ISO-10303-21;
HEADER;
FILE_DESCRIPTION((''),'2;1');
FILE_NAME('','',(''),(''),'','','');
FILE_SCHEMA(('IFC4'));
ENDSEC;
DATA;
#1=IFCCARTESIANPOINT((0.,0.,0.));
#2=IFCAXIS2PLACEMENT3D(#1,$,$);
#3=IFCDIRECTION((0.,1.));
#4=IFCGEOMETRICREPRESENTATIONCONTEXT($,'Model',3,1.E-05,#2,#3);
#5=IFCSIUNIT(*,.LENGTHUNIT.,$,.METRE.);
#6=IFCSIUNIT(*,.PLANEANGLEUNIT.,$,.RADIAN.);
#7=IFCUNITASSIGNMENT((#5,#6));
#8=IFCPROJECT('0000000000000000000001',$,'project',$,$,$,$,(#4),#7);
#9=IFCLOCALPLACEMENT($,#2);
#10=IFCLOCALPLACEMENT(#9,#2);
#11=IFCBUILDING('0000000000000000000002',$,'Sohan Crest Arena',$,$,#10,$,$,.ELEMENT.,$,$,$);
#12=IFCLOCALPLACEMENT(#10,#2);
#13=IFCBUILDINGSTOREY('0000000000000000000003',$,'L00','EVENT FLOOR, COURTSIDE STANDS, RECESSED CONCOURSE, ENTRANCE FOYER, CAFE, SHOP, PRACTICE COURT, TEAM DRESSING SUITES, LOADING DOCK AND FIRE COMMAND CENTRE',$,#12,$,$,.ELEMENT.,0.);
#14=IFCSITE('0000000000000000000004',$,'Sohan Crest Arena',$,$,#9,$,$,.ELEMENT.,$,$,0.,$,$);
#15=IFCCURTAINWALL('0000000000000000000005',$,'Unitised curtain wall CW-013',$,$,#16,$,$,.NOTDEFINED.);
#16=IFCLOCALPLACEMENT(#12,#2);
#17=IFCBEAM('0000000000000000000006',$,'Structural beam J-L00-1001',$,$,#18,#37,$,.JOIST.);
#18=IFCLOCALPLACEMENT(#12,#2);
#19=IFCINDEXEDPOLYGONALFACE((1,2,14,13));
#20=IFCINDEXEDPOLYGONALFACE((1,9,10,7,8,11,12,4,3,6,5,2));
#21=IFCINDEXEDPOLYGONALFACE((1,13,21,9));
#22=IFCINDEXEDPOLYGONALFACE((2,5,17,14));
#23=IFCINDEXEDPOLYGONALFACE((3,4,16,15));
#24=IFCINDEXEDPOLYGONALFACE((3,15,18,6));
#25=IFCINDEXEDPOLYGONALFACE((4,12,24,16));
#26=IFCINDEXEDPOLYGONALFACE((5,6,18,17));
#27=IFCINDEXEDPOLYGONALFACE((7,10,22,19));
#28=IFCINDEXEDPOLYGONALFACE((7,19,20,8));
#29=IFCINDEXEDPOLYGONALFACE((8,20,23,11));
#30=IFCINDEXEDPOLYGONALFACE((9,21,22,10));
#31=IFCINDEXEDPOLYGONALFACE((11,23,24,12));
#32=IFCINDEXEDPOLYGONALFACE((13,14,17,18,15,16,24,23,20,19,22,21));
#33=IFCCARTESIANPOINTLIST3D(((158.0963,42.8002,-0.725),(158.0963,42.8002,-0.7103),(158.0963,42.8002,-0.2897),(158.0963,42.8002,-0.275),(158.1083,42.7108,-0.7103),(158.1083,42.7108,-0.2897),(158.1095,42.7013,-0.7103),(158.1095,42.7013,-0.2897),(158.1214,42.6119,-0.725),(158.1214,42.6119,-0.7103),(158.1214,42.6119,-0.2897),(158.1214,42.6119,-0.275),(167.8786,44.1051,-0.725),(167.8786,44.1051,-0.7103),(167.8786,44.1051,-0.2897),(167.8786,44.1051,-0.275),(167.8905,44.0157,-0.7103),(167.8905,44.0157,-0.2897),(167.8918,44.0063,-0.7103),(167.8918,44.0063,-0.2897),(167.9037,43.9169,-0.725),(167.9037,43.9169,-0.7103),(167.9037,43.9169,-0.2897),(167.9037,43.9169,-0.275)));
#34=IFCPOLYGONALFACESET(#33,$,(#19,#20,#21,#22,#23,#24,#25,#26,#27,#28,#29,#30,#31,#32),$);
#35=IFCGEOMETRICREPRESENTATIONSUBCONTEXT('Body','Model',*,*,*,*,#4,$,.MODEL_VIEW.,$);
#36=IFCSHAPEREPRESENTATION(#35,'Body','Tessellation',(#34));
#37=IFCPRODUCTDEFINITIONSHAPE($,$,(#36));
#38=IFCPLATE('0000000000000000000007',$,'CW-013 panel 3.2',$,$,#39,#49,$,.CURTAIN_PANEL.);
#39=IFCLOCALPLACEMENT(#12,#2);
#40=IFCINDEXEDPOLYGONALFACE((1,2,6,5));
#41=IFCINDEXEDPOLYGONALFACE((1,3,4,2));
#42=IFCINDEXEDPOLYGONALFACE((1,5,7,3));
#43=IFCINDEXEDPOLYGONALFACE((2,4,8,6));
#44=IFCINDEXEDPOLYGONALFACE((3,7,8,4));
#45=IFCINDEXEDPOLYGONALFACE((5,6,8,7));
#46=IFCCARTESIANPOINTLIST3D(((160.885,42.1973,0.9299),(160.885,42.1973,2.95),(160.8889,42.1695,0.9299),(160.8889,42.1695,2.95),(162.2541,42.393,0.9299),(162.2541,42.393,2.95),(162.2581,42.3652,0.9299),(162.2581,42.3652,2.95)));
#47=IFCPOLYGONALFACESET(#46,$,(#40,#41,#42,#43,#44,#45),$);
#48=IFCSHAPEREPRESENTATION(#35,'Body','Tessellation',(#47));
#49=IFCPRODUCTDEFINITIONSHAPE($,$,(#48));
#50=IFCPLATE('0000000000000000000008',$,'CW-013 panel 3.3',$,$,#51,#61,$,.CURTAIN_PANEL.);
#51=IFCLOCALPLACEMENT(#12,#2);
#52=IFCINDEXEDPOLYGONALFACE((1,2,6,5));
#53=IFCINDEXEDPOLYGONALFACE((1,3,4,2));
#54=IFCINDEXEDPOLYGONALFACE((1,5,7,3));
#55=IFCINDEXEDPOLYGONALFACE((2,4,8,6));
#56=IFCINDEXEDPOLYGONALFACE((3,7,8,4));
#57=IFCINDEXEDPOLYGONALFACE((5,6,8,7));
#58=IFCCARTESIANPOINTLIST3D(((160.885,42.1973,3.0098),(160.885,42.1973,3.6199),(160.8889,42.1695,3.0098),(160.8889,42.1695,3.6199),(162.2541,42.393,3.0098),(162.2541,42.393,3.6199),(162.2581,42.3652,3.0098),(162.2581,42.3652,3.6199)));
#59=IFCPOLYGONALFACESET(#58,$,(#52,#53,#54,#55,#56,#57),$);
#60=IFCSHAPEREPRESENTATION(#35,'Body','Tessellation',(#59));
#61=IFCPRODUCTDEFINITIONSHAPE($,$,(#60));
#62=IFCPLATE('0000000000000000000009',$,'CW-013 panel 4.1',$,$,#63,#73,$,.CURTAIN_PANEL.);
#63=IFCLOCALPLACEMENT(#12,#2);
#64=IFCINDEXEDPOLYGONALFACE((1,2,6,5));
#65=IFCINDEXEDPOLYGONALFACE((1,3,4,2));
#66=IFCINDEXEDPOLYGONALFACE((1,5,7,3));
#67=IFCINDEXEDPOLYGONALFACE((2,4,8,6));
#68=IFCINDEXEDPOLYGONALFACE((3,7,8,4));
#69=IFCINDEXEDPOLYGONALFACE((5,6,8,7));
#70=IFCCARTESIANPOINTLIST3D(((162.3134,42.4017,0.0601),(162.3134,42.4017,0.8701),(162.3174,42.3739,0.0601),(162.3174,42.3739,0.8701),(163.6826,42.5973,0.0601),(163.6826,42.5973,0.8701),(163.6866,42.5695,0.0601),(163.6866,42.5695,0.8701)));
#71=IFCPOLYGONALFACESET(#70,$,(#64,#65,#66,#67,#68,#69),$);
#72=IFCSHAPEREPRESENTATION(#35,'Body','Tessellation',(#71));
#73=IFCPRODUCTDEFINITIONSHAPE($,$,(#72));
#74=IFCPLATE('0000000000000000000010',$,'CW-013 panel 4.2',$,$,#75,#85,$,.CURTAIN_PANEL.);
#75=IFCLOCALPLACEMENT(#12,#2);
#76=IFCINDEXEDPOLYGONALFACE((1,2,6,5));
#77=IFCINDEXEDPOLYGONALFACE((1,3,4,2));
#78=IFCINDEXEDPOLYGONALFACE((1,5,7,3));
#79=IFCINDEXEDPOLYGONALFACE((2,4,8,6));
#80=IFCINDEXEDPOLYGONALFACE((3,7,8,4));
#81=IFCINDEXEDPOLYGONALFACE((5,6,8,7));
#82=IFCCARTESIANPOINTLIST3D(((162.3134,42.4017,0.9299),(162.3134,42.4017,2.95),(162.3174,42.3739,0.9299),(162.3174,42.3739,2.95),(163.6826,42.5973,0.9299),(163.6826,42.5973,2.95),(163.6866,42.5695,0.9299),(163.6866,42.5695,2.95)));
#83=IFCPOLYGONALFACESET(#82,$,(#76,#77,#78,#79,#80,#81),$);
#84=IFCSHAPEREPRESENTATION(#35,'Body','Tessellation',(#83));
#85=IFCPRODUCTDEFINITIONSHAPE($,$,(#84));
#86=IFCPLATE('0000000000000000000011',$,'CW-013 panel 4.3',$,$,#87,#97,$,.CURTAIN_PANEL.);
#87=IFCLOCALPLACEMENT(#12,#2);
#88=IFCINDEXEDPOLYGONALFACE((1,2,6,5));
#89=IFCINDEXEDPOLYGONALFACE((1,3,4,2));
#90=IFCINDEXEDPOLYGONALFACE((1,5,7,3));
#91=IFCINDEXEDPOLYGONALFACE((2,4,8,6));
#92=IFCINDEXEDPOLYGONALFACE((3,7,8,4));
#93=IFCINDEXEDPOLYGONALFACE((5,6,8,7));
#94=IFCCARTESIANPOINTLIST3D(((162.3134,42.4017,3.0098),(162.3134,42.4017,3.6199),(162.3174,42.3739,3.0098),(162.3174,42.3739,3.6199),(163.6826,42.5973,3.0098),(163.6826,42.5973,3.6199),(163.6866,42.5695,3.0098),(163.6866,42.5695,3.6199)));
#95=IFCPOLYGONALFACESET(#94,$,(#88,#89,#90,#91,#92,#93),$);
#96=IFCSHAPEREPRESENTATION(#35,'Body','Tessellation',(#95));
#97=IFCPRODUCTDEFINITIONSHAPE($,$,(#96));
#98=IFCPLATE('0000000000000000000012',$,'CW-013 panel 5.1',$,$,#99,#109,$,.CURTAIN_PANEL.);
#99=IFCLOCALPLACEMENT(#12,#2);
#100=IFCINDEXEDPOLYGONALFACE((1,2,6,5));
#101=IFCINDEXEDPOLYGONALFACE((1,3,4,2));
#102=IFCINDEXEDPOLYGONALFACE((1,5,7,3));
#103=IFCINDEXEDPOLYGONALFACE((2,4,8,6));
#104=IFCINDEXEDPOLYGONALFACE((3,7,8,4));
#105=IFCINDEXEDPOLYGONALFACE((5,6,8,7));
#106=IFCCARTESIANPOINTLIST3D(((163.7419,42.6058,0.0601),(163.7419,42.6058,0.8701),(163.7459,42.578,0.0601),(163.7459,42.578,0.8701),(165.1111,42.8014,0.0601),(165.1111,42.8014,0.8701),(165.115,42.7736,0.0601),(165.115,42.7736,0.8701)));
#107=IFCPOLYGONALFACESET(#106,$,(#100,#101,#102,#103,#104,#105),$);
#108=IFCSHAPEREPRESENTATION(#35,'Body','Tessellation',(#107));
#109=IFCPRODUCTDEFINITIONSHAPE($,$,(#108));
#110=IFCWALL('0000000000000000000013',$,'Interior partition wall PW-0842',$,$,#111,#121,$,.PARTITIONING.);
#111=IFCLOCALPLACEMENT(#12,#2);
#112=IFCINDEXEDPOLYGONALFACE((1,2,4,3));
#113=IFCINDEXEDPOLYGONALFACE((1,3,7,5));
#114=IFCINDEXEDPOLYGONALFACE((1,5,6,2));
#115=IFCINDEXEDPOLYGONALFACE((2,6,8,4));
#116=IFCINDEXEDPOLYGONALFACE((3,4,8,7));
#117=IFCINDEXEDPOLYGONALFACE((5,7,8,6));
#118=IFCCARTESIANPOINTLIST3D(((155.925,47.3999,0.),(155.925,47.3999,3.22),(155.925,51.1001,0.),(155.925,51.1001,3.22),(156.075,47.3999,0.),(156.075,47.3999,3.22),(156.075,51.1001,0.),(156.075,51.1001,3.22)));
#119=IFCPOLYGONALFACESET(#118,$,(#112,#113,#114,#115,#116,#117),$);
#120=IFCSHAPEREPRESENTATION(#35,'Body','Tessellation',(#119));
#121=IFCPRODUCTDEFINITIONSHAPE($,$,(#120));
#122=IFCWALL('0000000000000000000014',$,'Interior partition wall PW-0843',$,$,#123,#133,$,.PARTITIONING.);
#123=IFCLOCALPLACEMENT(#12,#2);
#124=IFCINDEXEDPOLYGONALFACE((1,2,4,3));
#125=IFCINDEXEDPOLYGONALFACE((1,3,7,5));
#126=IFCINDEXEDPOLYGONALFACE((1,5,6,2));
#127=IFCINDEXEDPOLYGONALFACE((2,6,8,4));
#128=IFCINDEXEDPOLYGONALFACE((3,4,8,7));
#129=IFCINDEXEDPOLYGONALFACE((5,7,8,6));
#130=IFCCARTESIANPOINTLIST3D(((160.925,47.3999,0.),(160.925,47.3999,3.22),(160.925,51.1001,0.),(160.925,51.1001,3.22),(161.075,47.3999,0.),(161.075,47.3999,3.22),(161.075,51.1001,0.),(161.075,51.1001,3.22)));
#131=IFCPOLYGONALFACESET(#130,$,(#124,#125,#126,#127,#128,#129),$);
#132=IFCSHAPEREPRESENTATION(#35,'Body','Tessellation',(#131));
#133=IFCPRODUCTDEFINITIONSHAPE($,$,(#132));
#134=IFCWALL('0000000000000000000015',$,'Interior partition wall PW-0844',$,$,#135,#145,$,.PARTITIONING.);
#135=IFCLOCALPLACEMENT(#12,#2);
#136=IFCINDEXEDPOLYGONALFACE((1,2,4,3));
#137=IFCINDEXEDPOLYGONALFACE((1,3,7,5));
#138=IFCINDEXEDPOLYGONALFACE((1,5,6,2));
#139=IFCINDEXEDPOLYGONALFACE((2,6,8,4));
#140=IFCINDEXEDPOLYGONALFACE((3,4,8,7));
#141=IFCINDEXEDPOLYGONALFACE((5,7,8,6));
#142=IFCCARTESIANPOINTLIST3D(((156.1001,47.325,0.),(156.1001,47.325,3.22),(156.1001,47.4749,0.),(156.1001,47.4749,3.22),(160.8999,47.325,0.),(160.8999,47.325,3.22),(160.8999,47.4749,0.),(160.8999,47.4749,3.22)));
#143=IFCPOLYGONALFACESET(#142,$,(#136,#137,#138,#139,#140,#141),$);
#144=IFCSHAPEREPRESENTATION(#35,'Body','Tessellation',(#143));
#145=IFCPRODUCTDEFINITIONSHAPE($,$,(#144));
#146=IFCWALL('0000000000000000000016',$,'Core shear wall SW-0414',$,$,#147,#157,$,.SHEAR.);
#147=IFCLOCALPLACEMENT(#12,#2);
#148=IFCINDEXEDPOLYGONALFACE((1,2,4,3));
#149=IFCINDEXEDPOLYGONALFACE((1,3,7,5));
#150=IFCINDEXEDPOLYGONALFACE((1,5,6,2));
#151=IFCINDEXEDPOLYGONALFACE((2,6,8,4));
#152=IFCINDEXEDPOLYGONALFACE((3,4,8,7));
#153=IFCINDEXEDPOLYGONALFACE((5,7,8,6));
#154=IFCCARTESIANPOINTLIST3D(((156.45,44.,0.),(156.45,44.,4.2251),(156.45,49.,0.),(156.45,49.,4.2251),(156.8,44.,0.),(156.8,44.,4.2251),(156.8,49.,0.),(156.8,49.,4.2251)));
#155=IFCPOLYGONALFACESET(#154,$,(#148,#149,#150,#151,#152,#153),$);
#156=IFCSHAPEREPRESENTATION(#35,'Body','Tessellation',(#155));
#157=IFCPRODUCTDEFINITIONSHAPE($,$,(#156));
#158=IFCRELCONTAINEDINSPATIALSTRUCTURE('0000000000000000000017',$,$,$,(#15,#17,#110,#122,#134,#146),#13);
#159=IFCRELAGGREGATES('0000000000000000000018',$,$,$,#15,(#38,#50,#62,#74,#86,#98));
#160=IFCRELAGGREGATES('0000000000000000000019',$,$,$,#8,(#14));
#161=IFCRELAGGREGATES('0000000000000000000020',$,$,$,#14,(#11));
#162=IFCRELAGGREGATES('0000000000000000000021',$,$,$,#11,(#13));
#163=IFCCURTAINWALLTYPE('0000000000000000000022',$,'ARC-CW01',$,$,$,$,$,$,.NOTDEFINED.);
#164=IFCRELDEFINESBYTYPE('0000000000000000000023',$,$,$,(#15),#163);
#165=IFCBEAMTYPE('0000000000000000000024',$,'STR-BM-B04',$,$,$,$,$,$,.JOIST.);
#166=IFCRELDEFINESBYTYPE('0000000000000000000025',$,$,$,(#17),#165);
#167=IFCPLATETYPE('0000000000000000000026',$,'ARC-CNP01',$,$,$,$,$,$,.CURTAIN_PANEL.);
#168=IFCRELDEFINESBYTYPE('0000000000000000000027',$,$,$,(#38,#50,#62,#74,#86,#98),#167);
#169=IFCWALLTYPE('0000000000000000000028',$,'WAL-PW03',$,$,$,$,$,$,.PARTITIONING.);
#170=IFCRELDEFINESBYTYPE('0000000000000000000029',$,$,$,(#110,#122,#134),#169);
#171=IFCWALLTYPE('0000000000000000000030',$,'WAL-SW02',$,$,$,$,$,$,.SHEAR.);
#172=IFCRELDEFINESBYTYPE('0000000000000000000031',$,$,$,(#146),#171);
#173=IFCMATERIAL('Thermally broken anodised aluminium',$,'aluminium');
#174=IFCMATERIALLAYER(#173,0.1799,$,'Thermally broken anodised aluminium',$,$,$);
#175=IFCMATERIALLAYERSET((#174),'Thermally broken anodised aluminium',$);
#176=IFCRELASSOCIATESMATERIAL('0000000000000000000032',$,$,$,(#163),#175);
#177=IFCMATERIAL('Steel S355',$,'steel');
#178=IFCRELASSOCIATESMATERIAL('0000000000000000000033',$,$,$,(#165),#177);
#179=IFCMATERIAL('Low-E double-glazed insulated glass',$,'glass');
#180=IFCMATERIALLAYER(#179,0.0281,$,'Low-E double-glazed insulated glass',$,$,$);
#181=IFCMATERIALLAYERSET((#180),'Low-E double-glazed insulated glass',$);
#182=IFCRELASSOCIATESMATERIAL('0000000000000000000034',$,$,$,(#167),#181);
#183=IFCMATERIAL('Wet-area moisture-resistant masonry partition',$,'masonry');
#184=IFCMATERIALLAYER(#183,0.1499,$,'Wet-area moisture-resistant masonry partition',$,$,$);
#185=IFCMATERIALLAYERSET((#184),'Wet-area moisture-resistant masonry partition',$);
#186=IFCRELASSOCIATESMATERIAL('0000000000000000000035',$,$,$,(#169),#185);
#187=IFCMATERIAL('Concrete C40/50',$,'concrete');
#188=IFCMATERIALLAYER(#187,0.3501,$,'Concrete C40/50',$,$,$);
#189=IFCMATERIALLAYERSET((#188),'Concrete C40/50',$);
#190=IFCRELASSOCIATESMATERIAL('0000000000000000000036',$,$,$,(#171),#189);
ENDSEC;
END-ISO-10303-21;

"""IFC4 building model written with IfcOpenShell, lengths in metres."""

from ifc_helpers import new_model, si_unit, direction, frame, frame_2d, origin, origin_2d, place, context, subcontext, project, spatial, rectangle, i_section, extrude, material, layer, layer_set, material_profile, profile_set, type_object, element, aggregate, save


model = new_model("IFC4")

# Units and contexts
model_context = context("Model", 3, precision=1e-05, world=origin(), true_north=direction((0.0, 1.0)))
body_context = subcontext(model_context, "Body", "Model", "MODEL_VIEW")
ifc_project = project(units=[si_unit("LENGTHUNIT", "METRE"), si_unit("PLANEANGLEUNIT", "RADIAN")], contexts=[model_context])

# Site, building, storey
site_placement = place(None, origin())
site = spatial("IfcSite", under=ifc_project, at=site_placement, Name="Sohan Crest Arena", CompositionType="ELEMENT", RefElevation=0.0)
building_placement = place(site_placement, origin())
building = spatial("IfcBuilding", under=site, at=building_placement, Name="Sohan Crest Arena", CompositionType="ELEMENT")
storey_placement = place(building_placement, origin())
storey = spatial("IfcBuildingStorey", under=building, at=storey_placement, Name="L00", Description="EVENT FLOOR, COURTSIDE STANDS, RECESSED CONCOURSE, ENTRANCE FOYER, CAFE, SHOP, PRACTICE COURT, TEAM DRESSING SUITES, LOADING DOCK AND FIRE COMMAND CENTRE", CompositionType="ELEMENT", Elevation=0.0)

# Curtain wall
ifc_material_1 = material(Name="Thermally broken anodised aluminium", Category="aluminium")
ifc_layer_1 = layer(ifc_material_1, 0.1799, Name="Thermally broken anodised aluminium")
ifc_layer_set_1 = layer_set([ifc_layer_1], Name="Thermally broken anodised aluminium")
curtain_wall_type = type_object("IfcCurtainWallType", Name="ARC-CW01", PredefinedType="NOTDEFINED", material=ifc_layer_set_1)
curtain_wall_placement = place(storey_placement, origin())
curtain_wall = element("IfcCurtainWall", 1, at=curtain_wall_placement, inside=storey, type_object=curtain_wall_type, Name="Unitised curtain wall CW-013", PredefinedType="NOTDEFINED")

# Beam
ifc_material_2 = material(Name="Steel S355", Category="steel")
ifc_material_profile_1 = material_profile(ifc_material_2, i_section(OverallWidth=0.1899, OverallDepth=0.45, WebThickness=0.0095, FlangeThickness=0.0146, at=origin_2d()), Name="IPE 450")
ifc_profile_set_1 = profile_set([ifc_material_profile_1], Name="Steel S355")
beam_type_1 = type_object("IfcBeamType", Name="STR-BM-B04", PredefinedType="JOIST", material=ifc_profile_set_1)
beam_1_placement = place(storey_placement, frame((158.1089, 42.7061, -0.5), z_axis=(0.991219, 0.132227, 0.0), x_axis=(-0.132227, 0.991219, 0.0)))
element("IfcBeam", 2, at=beam_1_placement, inside=storey, type_object=beam_type_1, Name="Structural beam J-L00-1001", PredefinedType="JOIST", context=body_context, shape_type="SweptSolid", body=[
    extrude(i_section(OverallWidth=0.1899, OverallDepth=0.45, WebThickness=0.0095, FlangeThickness=0.0146, at=origin_2d()), origin(), (0.0, 0.0, 1.0), 9.8689),
])

# Plates
ifc_material_3 = material(Name="Low-E double-glazed insulated glass", Category="glass")
ifc_layer_2 = layer(ifc_material_3, 0.0281, Name="Low-E double-glazed insulated glass")
ifc_layer_set_2 = layer_set([ifc_layer_2], Name="Low-E double-glazed insulated glass")
plate_type = type_object("IfcPlateType", Name="ARC-CNP01", PredefinedType="CURTAIN_PANEL", material=ifc_layer_set_2)
plate_1_placement = place(storey_placement, frame((161.5715, 42.2812, 0.9299), z_axis=(0.0, 0.0, 1.0), x_axis=(0.989944, 0.141463, 0.0)))
plate_1 = element("IfcPlate", 3, at=plate_1_placement, type_object=plate_type, Name="CW-013 panel 3.2", PredefinedType="CURTAIN_PANEL", context=body_context, shape_type="SweptSolid", body=[
    extrude(rectangle(XDim=1.3831, YDim=0.0281, at=origin_2d()), origin(), (0.0, 0.0, 1.0), 2.02),
])
plate_2_placement = place(storey_placement, frame((161.5715, 42.2812, 3.0098), z_axis=(0.0, 0.0, 1.0), x_axis=(0.989944, 0.141463, 0.0)))
plate_2 = element("IfcPlate", 4, at=plate_2_placement, type_object=plate_type, Name="CW-013 panel 3.3", PredefinedType="CURTAIN_PANEL", context=body_context, shape_type="SweptSolid", body=[
    extrude(rectangle(XDim=1.3831, YDim=0.0281, at=origin_2d()), origin(), (0.0, 0.0, 1.0), 0.6101),
])
plate_3_placement = place(storey_placement, frame((163.0, 42.4856, 0.0601), z_axis=(0.0, 0.0, 1.0), x_axis=(0.989944, 0.141463, 0.0)))
plate_3 = element("IfcPlate", 5, at=plate_3_placement, type_object=plate_type, Name="CW-013 panel 4.1", PredefinedType="CURTAIN_PANEL", context=body_context, shape_type="SweptSolid", body=[
    extrude(rectangle(XDim=1.3831, YDim=0.0281, at=origin_2d()), origin(), (0.0, 0.0, 1.0), 0.8101),
])
plate_4_placement = place(storey_placement, frame((163.0, 42.4856, 0.9299), z_axis=(0.0, 0.0, 1.0), x_axis=(0.989944, 0.141463, 0.0)))
plate_4 = element("IfcPlate", 6, at=plate_4_placement, type_object=plate_type, Name="CW-013 panel 4.2", PredefinedType="CURTAIN_PANEL", context=body_context, shape_type="SweptSolid", body=[
    extrude(rectangle(XDim=1.3831, YDim=0.0281, at=origin_2d()), origin(), (0.0, 0.0, 1.0), 2.02),
])
plate_5_placement = place(storey_placement, frame((163.0, 42.4856, 3.0098), z_axis=(0.0, 0.0, 1.0), x_axis=(0.989944, 0.141463, 0.0)))
plate_5 = element("IfcPlate", 7, at=plate_5_placement, type_object=plate_type, Name="CW-013 panel 4.3", PredefinedType="CURTAIN_PANEL", context=body_context, shape_type="SweptSolid", body=[
    extrude(rectangle(XDim=1.3831, YDim=0.0281, at=origin_2d()), origin(), (0.0, 0.0, 1.0), 0.6101),
])
plate_6_placement = place(storey_placement, frame((164.4285, 42.6897, 0.0601), z_axis=(0.0, 0.0, 1.0), x_axis=(0.989944, 0.141463, 0.0)))
plate_6 = element("IfcPlate", 8, at=plate_6_placement, type_object=plate_type, Name="CW-013 panel 5.1", PredefinedType="CURTAIN_PANEL", context=body_context, shape_type="SweptSolid", body=[
    extrude(rectangle(XDim=1.3831, YDim=0.0281, at=origin_2d()), origin(), (0.0, 0.0, 1.0), 0.8101),
])
aggregate(curtain_wall, [plate_1, plate_2, plate_3, plate_4, plate_5, plate_6])

# Walls
ifc_material_4 = material(Name="Wet-area moisture-resistant masonry partition", Category="masonry")
ifc_layer_3 = layer(ifc_material_4, 0.1499, Name="Wet-area moisture-resistant masonry partition")
ifc_layer_set_3 = layer_set([ifc_layer_3], Name="Wet-area moisture-resistant masonry partition")
wall_type_1 = type_object("IfcWallType", Name="WAL-PW03", PredefinedType="PARTITIONING", material=ifc_layer_set_3)
for number, where, z_axis, x_axis, name in (
    (9, (156.0, 47.3999, 0.0), (0.0, 0.0, 1.0), (0.0, 1.0, 0.0), "Interior partition wall PW-0842"),
    (10, (161.0, 47.3999, 0.0), (0.0, 0.0, 1.0), (0.0, 1.0, 0.0), "Interior partition wall PW-0843"),
):
    element("IfcWall", number, at=place(storey_placement, frame(where, z_axis=z_axis, x_axis=x_axis)), inside=storey, type_object=wall_type_1, Name=name, PredefinedType="PARTITIONING", context=body_context, shape_type="SweptSolid", body=[
        extrude(rectangle(XDim=3.7002, YDim=0.1499, at=frame_2d((1.8501, 0.0))), origin(), (0.0, 0.0, 1.0), 3.22),
    ])
wall_1_placement = place(storey_placement, frame((156.1001, 47.3999, 0.0), z_axis=(0.0, 0.0, 1.0), x_axis=(1.0, 0.0, 0.0)))
element("IfcWall", 11, at=wall_1_placement, inside=storey, type_object=wall_type_1, Name="Interior partition wall PW-0844", PredefinedType="PARTITIONING", context=body_context, shape_type="SweptSolid", body=[
    extrude(rectangle(XDim=4.7998, YDim=0.1499, at=frame_2d((2.3999, 0.0))), origin(), (0.0, 0.0, 1.0), 3.22),
])
ifc_material_5 = material(Name="Concrete C40/50", Category="concrete")
ifc_layer_4 = layer(ifc_material_5, 0.3501, Name="Concrete C40/50")
ifc_layer_set_4 = layer_set([ifc_layer_4], Name="Concrete C40/50")
wall_type_2 = type_object("IfcWallType", Name="WAL-SW02", PredefinedType="SHEAR", material=ifc_layer_set_4)
wall_2_placement = place(storey_placement, frame((156.625, 44.0, 0.0), z_axis=(0.0, 0.0, 1.0), x_axis=(0.0, 1.0, 0.0)))
element("IfcWall", 12, at=wall_2_placement, inside=storey, type_object=wall_type_2, Name="Core shear wall SW-0414", PredefinedType="SHEAR", context=body_context, shape_type="SweptSolid", body=[
    extrude(rectangle(XDim=5.0, YDim=0.3501, at=frame_2d((2.5, 0.0))), origin(), (0.0, 0.0, 1.0), 4.2251),
])

save(model, "model.ifc")
